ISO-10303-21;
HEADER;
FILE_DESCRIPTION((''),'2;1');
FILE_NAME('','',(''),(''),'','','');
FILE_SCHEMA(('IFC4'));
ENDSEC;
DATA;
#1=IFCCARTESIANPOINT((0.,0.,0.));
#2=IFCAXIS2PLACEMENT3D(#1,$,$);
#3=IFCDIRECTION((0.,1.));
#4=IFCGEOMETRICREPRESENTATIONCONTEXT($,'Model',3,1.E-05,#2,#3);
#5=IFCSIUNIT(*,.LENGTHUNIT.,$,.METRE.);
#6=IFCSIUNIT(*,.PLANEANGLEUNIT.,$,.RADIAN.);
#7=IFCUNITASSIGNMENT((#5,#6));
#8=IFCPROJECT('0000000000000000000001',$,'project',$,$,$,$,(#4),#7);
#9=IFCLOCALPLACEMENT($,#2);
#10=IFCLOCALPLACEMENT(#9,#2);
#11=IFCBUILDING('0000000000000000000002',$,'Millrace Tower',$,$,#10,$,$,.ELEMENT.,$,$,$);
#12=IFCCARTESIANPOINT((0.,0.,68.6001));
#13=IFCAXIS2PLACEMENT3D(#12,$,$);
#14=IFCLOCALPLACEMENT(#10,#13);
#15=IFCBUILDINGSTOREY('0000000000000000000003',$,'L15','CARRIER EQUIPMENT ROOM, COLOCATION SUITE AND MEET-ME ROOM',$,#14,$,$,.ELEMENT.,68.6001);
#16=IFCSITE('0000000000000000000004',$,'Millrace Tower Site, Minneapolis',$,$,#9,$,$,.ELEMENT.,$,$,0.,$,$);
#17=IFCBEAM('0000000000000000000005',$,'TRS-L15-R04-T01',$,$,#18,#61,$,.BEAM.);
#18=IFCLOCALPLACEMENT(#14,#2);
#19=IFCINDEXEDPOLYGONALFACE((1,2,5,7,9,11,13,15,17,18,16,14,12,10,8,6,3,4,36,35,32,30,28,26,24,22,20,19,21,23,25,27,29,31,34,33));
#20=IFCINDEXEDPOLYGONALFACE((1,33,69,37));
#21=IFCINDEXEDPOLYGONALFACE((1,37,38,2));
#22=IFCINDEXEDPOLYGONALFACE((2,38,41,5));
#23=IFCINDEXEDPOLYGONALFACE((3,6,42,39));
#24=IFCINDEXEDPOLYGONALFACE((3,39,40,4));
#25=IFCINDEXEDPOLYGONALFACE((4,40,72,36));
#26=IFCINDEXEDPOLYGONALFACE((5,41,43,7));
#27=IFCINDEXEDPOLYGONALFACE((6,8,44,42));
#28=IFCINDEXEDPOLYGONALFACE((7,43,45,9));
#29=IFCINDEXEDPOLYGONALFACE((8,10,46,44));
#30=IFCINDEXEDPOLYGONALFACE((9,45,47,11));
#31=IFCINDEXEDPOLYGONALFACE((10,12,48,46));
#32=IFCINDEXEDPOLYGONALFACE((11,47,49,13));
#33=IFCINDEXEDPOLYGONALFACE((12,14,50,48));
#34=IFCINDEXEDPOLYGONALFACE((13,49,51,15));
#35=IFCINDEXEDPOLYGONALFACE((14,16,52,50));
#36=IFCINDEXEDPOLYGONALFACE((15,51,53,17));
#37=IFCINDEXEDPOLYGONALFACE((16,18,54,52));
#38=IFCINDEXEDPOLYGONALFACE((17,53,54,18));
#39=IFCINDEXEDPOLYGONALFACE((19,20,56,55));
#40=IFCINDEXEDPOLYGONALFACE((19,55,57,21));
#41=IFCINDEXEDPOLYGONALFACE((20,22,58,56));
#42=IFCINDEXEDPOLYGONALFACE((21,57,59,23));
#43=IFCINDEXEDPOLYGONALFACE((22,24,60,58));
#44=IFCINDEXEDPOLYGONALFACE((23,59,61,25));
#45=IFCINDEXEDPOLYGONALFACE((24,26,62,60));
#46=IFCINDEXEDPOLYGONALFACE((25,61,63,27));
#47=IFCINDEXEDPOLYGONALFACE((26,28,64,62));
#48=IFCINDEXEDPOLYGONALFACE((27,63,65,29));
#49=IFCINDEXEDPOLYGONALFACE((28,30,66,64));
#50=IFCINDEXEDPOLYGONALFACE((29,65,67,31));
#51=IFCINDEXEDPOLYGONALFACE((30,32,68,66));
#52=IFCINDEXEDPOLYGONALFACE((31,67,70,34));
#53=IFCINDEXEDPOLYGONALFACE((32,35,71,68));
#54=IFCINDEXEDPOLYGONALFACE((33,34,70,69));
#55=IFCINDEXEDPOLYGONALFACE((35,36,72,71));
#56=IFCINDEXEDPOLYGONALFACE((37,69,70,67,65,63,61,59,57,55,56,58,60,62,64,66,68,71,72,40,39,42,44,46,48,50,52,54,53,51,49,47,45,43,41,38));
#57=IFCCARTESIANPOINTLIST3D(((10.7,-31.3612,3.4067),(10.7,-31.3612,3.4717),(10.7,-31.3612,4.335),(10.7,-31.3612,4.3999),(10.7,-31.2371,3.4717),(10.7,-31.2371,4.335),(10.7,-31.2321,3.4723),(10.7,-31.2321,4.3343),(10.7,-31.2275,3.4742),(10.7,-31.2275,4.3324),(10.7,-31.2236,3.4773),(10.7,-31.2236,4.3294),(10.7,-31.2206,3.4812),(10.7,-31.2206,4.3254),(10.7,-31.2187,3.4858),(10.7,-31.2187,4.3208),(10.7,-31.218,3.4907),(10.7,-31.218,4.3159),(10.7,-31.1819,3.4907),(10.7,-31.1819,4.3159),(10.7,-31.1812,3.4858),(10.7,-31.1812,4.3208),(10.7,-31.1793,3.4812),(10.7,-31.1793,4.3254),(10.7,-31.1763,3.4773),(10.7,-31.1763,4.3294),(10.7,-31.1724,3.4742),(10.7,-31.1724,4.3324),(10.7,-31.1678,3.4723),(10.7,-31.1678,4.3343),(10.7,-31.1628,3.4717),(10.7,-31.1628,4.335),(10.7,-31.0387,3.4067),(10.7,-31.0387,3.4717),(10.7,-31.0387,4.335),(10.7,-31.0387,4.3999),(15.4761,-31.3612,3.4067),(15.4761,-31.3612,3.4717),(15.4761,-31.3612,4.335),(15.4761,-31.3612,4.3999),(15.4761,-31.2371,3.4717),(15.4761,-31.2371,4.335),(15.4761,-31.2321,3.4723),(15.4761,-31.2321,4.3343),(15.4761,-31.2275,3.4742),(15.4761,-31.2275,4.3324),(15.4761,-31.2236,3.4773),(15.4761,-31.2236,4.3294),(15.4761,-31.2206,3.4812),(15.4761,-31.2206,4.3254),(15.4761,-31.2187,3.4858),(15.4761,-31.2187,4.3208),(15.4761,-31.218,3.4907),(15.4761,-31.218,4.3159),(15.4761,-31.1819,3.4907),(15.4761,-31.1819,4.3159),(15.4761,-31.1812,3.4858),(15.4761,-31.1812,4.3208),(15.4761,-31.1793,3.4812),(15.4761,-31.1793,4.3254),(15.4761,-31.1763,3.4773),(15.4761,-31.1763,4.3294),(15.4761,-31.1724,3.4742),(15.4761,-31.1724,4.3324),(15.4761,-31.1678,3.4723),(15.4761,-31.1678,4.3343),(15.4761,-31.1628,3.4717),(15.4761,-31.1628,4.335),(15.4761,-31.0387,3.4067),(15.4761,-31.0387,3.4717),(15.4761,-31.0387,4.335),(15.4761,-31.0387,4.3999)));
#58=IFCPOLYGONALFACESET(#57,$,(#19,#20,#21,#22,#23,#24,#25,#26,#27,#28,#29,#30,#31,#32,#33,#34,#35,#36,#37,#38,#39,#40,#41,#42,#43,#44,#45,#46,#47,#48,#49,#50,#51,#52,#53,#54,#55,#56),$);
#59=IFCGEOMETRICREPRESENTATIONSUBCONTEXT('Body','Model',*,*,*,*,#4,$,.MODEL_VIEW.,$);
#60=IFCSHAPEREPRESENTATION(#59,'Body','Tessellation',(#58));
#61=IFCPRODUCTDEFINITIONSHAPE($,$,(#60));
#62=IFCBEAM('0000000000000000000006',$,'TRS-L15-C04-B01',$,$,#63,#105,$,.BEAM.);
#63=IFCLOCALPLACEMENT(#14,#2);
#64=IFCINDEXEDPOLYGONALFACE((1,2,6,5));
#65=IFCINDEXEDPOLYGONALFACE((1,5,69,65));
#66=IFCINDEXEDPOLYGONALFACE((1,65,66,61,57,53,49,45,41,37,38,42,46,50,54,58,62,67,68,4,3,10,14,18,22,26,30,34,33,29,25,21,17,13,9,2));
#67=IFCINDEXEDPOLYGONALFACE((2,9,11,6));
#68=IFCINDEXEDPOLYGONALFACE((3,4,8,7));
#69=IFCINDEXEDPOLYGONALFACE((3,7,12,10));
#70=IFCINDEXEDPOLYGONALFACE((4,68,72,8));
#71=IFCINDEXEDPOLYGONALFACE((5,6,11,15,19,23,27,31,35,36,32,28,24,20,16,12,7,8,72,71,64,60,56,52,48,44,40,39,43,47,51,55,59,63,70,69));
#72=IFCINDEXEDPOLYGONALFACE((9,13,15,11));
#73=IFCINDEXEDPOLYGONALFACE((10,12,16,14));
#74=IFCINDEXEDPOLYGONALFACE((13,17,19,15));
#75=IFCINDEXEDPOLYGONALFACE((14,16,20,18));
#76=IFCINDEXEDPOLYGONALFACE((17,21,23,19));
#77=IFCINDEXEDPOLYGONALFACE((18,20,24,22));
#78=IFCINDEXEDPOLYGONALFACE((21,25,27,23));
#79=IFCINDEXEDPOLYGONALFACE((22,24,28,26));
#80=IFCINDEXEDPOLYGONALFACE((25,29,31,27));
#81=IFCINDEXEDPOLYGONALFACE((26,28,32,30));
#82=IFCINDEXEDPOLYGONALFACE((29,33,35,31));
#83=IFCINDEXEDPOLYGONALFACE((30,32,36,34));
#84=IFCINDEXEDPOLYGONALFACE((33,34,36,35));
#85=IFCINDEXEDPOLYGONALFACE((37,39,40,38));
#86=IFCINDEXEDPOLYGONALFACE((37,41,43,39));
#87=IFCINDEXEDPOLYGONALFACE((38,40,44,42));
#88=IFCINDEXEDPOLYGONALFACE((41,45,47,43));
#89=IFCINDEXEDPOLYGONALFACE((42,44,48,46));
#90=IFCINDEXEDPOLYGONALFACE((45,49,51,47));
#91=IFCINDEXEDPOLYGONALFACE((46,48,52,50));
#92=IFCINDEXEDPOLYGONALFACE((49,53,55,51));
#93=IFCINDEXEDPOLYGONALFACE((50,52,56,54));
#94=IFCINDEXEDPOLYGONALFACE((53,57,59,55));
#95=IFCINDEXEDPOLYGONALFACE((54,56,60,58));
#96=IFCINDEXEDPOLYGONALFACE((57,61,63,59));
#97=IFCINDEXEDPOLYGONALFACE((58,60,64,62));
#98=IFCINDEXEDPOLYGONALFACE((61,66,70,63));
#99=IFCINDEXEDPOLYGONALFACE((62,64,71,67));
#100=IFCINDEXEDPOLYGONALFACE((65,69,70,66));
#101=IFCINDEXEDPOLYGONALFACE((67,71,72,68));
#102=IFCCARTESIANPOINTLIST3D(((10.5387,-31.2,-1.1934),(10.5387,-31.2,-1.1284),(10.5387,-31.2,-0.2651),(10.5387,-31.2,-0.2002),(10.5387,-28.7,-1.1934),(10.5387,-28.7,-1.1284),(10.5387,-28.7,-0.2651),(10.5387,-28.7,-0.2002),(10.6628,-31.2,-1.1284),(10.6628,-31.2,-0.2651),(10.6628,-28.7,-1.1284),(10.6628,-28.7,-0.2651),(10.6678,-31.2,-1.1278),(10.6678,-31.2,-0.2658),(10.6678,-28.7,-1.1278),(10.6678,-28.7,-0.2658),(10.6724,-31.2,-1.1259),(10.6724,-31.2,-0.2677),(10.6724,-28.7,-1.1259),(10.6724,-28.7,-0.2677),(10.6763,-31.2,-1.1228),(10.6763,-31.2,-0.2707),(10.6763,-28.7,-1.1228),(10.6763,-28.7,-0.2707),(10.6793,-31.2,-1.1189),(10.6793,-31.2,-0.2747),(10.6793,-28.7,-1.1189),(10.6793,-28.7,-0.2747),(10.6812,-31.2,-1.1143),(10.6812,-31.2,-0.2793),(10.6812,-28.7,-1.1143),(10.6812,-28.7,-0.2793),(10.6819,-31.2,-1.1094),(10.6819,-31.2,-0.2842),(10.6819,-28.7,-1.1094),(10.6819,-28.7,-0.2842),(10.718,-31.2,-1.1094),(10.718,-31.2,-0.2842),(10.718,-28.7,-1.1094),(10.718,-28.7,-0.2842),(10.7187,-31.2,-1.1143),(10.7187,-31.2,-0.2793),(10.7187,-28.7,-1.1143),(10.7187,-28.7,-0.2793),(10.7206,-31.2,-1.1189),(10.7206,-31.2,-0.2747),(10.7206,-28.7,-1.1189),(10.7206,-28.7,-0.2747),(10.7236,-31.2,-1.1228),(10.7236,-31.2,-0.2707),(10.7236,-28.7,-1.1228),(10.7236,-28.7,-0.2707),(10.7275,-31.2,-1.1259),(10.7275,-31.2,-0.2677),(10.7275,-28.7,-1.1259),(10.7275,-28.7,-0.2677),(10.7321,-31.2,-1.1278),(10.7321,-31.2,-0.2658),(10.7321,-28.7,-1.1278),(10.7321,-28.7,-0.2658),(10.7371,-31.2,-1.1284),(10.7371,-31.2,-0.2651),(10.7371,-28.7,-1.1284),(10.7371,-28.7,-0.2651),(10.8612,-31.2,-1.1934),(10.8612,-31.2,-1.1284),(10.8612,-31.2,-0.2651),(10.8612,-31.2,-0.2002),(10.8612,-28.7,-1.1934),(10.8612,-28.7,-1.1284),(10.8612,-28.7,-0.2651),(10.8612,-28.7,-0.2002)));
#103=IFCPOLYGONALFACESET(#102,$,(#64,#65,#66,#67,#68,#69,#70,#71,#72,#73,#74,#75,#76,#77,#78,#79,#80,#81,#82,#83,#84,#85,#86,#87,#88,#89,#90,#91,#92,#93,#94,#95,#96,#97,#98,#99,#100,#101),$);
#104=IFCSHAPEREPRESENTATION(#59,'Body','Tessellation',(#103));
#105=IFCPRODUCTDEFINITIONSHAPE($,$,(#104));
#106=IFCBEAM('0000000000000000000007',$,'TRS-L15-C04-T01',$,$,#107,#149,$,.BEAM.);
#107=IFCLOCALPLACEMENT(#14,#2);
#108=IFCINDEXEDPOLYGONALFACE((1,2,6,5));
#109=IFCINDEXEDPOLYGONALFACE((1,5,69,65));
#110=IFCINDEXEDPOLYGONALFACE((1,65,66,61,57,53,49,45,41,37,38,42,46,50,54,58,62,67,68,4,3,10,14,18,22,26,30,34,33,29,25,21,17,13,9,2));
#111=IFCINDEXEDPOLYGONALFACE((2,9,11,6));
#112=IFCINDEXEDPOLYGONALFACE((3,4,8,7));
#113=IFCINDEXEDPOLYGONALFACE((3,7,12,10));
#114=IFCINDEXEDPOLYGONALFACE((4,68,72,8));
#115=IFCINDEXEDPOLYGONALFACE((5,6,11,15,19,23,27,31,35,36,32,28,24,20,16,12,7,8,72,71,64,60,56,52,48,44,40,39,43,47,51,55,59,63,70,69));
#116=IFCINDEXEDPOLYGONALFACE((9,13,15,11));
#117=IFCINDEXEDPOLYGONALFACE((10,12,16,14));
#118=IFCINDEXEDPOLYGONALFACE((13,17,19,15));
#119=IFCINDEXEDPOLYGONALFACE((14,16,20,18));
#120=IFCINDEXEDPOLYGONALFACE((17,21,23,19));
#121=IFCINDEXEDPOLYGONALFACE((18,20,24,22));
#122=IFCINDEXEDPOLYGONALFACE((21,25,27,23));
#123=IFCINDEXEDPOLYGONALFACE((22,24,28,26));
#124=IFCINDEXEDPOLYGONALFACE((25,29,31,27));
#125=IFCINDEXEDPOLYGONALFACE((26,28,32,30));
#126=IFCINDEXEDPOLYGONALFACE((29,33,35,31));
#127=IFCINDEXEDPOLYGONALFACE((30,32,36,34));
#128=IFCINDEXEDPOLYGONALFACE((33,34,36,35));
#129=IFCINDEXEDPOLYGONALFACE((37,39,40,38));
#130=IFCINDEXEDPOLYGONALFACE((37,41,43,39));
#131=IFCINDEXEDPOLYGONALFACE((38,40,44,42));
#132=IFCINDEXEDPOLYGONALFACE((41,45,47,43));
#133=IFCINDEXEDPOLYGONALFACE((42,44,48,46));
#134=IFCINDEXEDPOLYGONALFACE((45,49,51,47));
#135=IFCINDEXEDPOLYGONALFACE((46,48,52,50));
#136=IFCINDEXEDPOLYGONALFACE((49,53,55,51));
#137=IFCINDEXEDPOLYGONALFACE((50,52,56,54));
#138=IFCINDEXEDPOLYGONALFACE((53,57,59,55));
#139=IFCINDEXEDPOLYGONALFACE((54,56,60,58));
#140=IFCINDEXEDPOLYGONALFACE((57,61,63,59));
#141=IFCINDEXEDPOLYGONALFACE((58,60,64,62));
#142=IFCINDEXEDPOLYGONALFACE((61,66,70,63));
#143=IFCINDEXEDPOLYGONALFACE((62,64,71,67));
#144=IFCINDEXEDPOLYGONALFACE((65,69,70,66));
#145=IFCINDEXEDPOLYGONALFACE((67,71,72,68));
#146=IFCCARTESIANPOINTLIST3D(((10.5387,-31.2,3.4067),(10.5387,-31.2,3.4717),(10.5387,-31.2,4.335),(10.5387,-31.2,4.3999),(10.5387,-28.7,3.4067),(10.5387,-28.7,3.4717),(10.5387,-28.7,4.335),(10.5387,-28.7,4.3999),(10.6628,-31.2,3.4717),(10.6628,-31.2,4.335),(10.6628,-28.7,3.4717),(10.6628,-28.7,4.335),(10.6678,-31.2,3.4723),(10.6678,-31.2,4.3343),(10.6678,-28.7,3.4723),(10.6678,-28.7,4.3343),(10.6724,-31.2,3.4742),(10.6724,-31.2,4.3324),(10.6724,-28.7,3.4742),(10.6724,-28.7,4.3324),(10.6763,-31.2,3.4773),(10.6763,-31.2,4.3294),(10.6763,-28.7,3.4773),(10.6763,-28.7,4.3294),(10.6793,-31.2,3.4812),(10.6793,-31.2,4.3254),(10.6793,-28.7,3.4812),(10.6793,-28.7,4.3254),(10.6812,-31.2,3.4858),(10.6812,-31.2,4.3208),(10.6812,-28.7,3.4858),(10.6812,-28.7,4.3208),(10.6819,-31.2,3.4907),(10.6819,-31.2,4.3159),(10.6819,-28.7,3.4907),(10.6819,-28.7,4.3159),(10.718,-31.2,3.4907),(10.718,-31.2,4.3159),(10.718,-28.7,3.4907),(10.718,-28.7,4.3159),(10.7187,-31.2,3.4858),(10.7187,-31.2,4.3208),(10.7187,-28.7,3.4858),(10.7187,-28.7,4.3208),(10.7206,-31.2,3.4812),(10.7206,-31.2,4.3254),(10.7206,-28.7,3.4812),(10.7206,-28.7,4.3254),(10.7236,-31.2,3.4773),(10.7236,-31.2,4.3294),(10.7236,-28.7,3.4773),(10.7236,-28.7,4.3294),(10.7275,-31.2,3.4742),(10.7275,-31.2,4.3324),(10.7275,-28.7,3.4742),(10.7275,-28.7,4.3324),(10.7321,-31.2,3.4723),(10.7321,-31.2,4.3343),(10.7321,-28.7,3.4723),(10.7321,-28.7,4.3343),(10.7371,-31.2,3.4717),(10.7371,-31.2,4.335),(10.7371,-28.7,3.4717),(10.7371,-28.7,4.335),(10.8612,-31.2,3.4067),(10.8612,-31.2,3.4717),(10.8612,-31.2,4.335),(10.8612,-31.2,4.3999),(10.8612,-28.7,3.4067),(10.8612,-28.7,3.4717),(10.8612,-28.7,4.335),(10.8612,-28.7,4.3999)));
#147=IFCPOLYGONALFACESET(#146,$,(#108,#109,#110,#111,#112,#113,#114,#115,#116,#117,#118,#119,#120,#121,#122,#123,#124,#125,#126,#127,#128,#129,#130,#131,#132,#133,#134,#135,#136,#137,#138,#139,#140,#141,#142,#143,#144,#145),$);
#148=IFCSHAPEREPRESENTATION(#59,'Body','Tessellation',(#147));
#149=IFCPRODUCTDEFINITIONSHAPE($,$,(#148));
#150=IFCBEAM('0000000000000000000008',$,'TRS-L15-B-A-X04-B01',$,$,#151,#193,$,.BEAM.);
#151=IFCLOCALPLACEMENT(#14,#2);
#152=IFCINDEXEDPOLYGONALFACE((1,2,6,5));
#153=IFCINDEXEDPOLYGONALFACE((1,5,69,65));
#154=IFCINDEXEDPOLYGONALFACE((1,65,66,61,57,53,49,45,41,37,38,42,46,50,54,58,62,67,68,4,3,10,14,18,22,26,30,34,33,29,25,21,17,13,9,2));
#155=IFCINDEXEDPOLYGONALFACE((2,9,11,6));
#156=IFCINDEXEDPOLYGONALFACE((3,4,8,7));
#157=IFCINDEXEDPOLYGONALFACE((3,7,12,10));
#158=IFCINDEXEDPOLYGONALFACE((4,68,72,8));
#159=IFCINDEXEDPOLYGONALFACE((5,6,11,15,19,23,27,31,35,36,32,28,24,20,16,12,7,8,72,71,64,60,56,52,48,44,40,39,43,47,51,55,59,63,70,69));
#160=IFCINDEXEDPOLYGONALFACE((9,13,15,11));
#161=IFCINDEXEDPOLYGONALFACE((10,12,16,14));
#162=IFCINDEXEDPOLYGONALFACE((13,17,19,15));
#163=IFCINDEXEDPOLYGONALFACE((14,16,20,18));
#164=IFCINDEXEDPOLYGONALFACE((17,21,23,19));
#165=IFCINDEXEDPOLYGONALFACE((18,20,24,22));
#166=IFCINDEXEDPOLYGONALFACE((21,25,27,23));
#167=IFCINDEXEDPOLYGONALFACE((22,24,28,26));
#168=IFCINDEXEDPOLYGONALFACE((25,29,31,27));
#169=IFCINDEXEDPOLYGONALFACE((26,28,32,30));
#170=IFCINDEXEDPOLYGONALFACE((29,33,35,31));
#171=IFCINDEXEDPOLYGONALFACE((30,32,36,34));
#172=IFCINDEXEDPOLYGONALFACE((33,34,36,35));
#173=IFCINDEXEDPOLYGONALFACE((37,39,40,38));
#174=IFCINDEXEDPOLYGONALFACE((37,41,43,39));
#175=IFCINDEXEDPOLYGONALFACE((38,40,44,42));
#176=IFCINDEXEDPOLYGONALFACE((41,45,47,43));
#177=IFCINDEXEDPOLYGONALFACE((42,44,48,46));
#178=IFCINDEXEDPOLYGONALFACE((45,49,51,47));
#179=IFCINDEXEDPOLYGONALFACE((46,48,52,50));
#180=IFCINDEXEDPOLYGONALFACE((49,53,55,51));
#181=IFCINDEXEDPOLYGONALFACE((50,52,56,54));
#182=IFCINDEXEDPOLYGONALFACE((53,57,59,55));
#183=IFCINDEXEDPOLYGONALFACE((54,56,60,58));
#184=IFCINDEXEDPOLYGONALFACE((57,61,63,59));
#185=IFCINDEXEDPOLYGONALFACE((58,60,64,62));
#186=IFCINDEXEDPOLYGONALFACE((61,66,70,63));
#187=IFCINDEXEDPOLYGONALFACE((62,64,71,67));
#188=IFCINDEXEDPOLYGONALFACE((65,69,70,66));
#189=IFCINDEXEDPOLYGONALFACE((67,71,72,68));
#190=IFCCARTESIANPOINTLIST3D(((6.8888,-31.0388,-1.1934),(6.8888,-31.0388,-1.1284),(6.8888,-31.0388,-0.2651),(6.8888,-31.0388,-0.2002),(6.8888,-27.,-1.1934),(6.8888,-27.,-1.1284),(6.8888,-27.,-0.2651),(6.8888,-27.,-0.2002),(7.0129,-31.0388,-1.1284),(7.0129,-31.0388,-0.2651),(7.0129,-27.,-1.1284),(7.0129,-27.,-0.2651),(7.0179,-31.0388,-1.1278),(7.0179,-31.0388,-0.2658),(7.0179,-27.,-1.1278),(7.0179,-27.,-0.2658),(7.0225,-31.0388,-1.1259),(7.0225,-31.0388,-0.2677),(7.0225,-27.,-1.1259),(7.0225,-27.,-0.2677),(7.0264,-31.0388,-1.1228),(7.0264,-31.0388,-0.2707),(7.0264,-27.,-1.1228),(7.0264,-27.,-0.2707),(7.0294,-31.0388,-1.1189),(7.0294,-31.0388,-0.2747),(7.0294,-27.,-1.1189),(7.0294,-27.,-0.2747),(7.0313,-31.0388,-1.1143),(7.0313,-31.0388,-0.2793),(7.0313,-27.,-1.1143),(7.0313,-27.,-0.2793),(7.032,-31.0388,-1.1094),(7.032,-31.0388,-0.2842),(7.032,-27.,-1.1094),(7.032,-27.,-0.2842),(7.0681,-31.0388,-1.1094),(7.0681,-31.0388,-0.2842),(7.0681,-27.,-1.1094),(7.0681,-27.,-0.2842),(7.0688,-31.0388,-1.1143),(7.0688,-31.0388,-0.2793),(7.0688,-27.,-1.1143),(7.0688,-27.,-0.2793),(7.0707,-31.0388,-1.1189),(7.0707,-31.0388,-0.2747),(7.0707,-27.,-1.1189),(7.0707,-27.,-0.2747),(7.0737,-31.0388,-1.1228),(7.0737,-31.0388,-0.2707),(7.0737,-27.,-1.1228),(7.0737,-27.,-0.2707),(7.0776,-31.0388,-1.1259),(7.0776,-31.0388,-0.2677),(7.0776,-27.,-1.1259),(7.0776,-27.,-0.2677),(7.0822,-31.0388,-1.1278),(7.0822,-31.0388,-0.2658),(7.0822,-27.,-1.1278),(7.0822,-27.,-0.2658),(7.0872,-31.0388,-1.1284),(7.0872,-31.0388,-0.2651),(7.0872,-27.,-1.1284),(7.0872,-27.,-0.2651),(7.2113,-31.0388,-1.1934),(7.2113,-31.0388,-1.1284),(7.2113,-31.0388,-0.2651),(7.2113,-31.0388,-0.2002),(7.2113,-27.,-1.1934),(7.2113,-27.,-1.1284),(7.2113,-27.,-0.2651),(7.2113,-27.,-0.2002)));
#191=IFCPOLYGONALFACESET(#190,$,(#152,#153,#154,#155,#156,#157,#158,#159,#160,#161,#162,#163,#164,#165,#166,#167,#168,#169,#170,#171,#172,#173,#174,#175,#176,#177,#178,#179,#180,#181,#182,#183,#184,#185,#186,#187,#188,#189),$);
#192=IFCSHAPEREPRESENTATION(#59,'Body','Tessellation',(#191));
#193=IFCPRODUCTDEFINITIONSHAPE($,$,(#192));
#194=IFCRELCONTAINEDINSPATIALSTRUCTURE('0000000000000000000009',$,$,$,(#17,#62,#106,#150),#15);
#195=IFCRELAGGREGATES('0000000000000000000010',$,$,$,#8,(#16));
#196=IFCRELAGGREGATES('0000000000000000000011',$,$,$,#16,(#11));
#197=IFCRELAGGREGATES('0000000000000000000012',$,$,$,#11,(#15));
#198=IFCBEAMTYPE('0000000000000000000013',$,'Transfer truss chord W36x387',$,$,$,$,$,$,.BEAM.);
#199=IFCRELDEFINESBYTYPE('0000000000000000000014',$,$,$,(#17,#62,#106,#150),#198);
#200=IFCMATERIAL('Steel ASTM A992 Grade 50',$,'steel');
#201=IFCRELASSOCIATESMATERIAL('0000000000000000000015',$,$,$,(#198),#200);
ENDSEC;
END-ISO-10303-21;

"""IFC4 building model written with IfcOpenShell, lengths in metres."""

from ifc_helpers import new_model, si_unit, direction, frame, origin, origin_2d, place, context, subcontext, project, spatial, i_section, extrude, material, material_profile, profile_set, type_object, element, save


model = new_model("IFC4")

# Units and contexts
model_context = context("Model", 3, precision=1e-05, world=origin(), true_north=direction((0.0, 1.0)))
body_context = subcontext(model_context, "Body", "Model", "MODEL_VIEW")
ifc_project = project(units=[si_unit("LENGTHUNIT", "METRE"), si_unit("PLANEANGLEUNIT", "RADIAN")], contexts=[model_context])

# Site, building, storey
site_placement = place(None, origin())
site = spatial("IfcSite", under=ifc_project, at=site_placement, Name="Millrace Tower Site, Minneapolis", CompositionType="ELEMENT", RefElevation=0.0)
building_placement = place(site_placement, origin())
building = spatial("IfcBuilding", under=site, at=building_placement, Name="Millrace Tower", CompositionType="ELEMENT")
storey_placement = place(building_placement, frame((0.0, 0.0, 68.6001)))
storey = spatial("IfcBuildingStorey", under=building, at=storey_placement, Name="L15", Description="CARRIER EQUIPMENT ROOM, COLOCATION SUITE AND MEET-ME ROOM", CompositionType="ELEMENT", Elevation=68.6001)

# Beams
ifc_material_1 = material(Name="Steel ASTM A992 Grade 50", Category="steel")
ifc_material_profile_1 = material_profile(ifc_material_1, i_section(OverallWidth=0.3225, OverallDepth=0.9932, WebThickness=0.0361, FlangeThickness=0.0649, FilletRadius=0.019, at=origin_2d()))
ifc_profile_set_1 = profile_set([ifc_material_profile_1], Name="Steel ASTM A992 Grade 50")
beam_type_1 = type_object("IfcBeamType", Name="Transfer truss chord W36x387", PredefinedType="BEAM", material=ifc_profile_set_1)
for number, where, z_axis, x_axis, name in (
    (1, (10.7, -31.2, 3.9033), (1.0, 0.0, 0.0), (0.0, 1.0, 0.0), "TRS-L15-R04-T01"),
):
    element("IfcBeam", number, at=place(storey_placement, frame(where, z_axis=z_axis, x_axis=x_axis)), inside=storey, type_object=beam_type_1, Name=name, PredefinedType="BEAM", context=body_context, shape_type="SweptSolid", body=[
        extrude(i_section(OverallWidth=0.3225, OverallDepth=0.9932, WebThickness=0.0361, FlangeThickness=0.0649, FilletRadius=0.019, at=origin_2d()), origin(), (0.0, 0.0, 1.0), 4.7761),
    ])
for number, where, z_axis, x_axis, name in (
    (2, (10.7, -31.2, -0.6968), (0.0, 1.0, 0.0), (-1.0, 0.0, 0.0), "TRS-L15-C04-B01"),
    (3, (10.7, -31.2, 3.9033), (0.0, 1.0, 0.0), (-1.0, 0.0, 0.0), "TRS-L15-C04-T01"),
):
    element("IfcBeam", number, at=place(storey_placement, frame(where, z_axis=z_axis, x_axis=x_axis)), inside=storey, type_object=beam_type_1, Name=name, PredefinedType="BEAM", context=body_context, shape_type="SweptSolid", body=[
        extrude(i_section(OverallWidth=0.3225, OverallDepth=0.9932, WebThickness=0.0361, FlangeThickness=0.0649, FilletRadius=0.019, at=origin_2d()), origin(), (0.0, 0.0, 1.0), 2.5),
    ])
for number, where, z_axis, x_axis, name in (
    (4, (7.05, -27.0, -0.6968), (0.0, -1.0, 0.0), (1.0, 0.0, 0.0), "TRS-L15-B-A-X04-B01"),
):
    element("IfcBeam", number, at=place(storey_placement, frame(where, z_axis=z_axis, x_axis=x_axis)), inside=storey, type_object=beam_type_1, Name=name, PredefinedType="BEAM", context=body_context, shape_type="SweptSolid", body=[
        extrude(i_section(OverallWidth=0.3225, OverallDepth=0.9932, WebThickness=0.0361, FlangeThickness=0.0649, FilletRadius=0.019, at=origin_2d()), origin(), (0.0, 0.0, 1.0), 4.0388),
    ])

save(model, "model.ifc")
